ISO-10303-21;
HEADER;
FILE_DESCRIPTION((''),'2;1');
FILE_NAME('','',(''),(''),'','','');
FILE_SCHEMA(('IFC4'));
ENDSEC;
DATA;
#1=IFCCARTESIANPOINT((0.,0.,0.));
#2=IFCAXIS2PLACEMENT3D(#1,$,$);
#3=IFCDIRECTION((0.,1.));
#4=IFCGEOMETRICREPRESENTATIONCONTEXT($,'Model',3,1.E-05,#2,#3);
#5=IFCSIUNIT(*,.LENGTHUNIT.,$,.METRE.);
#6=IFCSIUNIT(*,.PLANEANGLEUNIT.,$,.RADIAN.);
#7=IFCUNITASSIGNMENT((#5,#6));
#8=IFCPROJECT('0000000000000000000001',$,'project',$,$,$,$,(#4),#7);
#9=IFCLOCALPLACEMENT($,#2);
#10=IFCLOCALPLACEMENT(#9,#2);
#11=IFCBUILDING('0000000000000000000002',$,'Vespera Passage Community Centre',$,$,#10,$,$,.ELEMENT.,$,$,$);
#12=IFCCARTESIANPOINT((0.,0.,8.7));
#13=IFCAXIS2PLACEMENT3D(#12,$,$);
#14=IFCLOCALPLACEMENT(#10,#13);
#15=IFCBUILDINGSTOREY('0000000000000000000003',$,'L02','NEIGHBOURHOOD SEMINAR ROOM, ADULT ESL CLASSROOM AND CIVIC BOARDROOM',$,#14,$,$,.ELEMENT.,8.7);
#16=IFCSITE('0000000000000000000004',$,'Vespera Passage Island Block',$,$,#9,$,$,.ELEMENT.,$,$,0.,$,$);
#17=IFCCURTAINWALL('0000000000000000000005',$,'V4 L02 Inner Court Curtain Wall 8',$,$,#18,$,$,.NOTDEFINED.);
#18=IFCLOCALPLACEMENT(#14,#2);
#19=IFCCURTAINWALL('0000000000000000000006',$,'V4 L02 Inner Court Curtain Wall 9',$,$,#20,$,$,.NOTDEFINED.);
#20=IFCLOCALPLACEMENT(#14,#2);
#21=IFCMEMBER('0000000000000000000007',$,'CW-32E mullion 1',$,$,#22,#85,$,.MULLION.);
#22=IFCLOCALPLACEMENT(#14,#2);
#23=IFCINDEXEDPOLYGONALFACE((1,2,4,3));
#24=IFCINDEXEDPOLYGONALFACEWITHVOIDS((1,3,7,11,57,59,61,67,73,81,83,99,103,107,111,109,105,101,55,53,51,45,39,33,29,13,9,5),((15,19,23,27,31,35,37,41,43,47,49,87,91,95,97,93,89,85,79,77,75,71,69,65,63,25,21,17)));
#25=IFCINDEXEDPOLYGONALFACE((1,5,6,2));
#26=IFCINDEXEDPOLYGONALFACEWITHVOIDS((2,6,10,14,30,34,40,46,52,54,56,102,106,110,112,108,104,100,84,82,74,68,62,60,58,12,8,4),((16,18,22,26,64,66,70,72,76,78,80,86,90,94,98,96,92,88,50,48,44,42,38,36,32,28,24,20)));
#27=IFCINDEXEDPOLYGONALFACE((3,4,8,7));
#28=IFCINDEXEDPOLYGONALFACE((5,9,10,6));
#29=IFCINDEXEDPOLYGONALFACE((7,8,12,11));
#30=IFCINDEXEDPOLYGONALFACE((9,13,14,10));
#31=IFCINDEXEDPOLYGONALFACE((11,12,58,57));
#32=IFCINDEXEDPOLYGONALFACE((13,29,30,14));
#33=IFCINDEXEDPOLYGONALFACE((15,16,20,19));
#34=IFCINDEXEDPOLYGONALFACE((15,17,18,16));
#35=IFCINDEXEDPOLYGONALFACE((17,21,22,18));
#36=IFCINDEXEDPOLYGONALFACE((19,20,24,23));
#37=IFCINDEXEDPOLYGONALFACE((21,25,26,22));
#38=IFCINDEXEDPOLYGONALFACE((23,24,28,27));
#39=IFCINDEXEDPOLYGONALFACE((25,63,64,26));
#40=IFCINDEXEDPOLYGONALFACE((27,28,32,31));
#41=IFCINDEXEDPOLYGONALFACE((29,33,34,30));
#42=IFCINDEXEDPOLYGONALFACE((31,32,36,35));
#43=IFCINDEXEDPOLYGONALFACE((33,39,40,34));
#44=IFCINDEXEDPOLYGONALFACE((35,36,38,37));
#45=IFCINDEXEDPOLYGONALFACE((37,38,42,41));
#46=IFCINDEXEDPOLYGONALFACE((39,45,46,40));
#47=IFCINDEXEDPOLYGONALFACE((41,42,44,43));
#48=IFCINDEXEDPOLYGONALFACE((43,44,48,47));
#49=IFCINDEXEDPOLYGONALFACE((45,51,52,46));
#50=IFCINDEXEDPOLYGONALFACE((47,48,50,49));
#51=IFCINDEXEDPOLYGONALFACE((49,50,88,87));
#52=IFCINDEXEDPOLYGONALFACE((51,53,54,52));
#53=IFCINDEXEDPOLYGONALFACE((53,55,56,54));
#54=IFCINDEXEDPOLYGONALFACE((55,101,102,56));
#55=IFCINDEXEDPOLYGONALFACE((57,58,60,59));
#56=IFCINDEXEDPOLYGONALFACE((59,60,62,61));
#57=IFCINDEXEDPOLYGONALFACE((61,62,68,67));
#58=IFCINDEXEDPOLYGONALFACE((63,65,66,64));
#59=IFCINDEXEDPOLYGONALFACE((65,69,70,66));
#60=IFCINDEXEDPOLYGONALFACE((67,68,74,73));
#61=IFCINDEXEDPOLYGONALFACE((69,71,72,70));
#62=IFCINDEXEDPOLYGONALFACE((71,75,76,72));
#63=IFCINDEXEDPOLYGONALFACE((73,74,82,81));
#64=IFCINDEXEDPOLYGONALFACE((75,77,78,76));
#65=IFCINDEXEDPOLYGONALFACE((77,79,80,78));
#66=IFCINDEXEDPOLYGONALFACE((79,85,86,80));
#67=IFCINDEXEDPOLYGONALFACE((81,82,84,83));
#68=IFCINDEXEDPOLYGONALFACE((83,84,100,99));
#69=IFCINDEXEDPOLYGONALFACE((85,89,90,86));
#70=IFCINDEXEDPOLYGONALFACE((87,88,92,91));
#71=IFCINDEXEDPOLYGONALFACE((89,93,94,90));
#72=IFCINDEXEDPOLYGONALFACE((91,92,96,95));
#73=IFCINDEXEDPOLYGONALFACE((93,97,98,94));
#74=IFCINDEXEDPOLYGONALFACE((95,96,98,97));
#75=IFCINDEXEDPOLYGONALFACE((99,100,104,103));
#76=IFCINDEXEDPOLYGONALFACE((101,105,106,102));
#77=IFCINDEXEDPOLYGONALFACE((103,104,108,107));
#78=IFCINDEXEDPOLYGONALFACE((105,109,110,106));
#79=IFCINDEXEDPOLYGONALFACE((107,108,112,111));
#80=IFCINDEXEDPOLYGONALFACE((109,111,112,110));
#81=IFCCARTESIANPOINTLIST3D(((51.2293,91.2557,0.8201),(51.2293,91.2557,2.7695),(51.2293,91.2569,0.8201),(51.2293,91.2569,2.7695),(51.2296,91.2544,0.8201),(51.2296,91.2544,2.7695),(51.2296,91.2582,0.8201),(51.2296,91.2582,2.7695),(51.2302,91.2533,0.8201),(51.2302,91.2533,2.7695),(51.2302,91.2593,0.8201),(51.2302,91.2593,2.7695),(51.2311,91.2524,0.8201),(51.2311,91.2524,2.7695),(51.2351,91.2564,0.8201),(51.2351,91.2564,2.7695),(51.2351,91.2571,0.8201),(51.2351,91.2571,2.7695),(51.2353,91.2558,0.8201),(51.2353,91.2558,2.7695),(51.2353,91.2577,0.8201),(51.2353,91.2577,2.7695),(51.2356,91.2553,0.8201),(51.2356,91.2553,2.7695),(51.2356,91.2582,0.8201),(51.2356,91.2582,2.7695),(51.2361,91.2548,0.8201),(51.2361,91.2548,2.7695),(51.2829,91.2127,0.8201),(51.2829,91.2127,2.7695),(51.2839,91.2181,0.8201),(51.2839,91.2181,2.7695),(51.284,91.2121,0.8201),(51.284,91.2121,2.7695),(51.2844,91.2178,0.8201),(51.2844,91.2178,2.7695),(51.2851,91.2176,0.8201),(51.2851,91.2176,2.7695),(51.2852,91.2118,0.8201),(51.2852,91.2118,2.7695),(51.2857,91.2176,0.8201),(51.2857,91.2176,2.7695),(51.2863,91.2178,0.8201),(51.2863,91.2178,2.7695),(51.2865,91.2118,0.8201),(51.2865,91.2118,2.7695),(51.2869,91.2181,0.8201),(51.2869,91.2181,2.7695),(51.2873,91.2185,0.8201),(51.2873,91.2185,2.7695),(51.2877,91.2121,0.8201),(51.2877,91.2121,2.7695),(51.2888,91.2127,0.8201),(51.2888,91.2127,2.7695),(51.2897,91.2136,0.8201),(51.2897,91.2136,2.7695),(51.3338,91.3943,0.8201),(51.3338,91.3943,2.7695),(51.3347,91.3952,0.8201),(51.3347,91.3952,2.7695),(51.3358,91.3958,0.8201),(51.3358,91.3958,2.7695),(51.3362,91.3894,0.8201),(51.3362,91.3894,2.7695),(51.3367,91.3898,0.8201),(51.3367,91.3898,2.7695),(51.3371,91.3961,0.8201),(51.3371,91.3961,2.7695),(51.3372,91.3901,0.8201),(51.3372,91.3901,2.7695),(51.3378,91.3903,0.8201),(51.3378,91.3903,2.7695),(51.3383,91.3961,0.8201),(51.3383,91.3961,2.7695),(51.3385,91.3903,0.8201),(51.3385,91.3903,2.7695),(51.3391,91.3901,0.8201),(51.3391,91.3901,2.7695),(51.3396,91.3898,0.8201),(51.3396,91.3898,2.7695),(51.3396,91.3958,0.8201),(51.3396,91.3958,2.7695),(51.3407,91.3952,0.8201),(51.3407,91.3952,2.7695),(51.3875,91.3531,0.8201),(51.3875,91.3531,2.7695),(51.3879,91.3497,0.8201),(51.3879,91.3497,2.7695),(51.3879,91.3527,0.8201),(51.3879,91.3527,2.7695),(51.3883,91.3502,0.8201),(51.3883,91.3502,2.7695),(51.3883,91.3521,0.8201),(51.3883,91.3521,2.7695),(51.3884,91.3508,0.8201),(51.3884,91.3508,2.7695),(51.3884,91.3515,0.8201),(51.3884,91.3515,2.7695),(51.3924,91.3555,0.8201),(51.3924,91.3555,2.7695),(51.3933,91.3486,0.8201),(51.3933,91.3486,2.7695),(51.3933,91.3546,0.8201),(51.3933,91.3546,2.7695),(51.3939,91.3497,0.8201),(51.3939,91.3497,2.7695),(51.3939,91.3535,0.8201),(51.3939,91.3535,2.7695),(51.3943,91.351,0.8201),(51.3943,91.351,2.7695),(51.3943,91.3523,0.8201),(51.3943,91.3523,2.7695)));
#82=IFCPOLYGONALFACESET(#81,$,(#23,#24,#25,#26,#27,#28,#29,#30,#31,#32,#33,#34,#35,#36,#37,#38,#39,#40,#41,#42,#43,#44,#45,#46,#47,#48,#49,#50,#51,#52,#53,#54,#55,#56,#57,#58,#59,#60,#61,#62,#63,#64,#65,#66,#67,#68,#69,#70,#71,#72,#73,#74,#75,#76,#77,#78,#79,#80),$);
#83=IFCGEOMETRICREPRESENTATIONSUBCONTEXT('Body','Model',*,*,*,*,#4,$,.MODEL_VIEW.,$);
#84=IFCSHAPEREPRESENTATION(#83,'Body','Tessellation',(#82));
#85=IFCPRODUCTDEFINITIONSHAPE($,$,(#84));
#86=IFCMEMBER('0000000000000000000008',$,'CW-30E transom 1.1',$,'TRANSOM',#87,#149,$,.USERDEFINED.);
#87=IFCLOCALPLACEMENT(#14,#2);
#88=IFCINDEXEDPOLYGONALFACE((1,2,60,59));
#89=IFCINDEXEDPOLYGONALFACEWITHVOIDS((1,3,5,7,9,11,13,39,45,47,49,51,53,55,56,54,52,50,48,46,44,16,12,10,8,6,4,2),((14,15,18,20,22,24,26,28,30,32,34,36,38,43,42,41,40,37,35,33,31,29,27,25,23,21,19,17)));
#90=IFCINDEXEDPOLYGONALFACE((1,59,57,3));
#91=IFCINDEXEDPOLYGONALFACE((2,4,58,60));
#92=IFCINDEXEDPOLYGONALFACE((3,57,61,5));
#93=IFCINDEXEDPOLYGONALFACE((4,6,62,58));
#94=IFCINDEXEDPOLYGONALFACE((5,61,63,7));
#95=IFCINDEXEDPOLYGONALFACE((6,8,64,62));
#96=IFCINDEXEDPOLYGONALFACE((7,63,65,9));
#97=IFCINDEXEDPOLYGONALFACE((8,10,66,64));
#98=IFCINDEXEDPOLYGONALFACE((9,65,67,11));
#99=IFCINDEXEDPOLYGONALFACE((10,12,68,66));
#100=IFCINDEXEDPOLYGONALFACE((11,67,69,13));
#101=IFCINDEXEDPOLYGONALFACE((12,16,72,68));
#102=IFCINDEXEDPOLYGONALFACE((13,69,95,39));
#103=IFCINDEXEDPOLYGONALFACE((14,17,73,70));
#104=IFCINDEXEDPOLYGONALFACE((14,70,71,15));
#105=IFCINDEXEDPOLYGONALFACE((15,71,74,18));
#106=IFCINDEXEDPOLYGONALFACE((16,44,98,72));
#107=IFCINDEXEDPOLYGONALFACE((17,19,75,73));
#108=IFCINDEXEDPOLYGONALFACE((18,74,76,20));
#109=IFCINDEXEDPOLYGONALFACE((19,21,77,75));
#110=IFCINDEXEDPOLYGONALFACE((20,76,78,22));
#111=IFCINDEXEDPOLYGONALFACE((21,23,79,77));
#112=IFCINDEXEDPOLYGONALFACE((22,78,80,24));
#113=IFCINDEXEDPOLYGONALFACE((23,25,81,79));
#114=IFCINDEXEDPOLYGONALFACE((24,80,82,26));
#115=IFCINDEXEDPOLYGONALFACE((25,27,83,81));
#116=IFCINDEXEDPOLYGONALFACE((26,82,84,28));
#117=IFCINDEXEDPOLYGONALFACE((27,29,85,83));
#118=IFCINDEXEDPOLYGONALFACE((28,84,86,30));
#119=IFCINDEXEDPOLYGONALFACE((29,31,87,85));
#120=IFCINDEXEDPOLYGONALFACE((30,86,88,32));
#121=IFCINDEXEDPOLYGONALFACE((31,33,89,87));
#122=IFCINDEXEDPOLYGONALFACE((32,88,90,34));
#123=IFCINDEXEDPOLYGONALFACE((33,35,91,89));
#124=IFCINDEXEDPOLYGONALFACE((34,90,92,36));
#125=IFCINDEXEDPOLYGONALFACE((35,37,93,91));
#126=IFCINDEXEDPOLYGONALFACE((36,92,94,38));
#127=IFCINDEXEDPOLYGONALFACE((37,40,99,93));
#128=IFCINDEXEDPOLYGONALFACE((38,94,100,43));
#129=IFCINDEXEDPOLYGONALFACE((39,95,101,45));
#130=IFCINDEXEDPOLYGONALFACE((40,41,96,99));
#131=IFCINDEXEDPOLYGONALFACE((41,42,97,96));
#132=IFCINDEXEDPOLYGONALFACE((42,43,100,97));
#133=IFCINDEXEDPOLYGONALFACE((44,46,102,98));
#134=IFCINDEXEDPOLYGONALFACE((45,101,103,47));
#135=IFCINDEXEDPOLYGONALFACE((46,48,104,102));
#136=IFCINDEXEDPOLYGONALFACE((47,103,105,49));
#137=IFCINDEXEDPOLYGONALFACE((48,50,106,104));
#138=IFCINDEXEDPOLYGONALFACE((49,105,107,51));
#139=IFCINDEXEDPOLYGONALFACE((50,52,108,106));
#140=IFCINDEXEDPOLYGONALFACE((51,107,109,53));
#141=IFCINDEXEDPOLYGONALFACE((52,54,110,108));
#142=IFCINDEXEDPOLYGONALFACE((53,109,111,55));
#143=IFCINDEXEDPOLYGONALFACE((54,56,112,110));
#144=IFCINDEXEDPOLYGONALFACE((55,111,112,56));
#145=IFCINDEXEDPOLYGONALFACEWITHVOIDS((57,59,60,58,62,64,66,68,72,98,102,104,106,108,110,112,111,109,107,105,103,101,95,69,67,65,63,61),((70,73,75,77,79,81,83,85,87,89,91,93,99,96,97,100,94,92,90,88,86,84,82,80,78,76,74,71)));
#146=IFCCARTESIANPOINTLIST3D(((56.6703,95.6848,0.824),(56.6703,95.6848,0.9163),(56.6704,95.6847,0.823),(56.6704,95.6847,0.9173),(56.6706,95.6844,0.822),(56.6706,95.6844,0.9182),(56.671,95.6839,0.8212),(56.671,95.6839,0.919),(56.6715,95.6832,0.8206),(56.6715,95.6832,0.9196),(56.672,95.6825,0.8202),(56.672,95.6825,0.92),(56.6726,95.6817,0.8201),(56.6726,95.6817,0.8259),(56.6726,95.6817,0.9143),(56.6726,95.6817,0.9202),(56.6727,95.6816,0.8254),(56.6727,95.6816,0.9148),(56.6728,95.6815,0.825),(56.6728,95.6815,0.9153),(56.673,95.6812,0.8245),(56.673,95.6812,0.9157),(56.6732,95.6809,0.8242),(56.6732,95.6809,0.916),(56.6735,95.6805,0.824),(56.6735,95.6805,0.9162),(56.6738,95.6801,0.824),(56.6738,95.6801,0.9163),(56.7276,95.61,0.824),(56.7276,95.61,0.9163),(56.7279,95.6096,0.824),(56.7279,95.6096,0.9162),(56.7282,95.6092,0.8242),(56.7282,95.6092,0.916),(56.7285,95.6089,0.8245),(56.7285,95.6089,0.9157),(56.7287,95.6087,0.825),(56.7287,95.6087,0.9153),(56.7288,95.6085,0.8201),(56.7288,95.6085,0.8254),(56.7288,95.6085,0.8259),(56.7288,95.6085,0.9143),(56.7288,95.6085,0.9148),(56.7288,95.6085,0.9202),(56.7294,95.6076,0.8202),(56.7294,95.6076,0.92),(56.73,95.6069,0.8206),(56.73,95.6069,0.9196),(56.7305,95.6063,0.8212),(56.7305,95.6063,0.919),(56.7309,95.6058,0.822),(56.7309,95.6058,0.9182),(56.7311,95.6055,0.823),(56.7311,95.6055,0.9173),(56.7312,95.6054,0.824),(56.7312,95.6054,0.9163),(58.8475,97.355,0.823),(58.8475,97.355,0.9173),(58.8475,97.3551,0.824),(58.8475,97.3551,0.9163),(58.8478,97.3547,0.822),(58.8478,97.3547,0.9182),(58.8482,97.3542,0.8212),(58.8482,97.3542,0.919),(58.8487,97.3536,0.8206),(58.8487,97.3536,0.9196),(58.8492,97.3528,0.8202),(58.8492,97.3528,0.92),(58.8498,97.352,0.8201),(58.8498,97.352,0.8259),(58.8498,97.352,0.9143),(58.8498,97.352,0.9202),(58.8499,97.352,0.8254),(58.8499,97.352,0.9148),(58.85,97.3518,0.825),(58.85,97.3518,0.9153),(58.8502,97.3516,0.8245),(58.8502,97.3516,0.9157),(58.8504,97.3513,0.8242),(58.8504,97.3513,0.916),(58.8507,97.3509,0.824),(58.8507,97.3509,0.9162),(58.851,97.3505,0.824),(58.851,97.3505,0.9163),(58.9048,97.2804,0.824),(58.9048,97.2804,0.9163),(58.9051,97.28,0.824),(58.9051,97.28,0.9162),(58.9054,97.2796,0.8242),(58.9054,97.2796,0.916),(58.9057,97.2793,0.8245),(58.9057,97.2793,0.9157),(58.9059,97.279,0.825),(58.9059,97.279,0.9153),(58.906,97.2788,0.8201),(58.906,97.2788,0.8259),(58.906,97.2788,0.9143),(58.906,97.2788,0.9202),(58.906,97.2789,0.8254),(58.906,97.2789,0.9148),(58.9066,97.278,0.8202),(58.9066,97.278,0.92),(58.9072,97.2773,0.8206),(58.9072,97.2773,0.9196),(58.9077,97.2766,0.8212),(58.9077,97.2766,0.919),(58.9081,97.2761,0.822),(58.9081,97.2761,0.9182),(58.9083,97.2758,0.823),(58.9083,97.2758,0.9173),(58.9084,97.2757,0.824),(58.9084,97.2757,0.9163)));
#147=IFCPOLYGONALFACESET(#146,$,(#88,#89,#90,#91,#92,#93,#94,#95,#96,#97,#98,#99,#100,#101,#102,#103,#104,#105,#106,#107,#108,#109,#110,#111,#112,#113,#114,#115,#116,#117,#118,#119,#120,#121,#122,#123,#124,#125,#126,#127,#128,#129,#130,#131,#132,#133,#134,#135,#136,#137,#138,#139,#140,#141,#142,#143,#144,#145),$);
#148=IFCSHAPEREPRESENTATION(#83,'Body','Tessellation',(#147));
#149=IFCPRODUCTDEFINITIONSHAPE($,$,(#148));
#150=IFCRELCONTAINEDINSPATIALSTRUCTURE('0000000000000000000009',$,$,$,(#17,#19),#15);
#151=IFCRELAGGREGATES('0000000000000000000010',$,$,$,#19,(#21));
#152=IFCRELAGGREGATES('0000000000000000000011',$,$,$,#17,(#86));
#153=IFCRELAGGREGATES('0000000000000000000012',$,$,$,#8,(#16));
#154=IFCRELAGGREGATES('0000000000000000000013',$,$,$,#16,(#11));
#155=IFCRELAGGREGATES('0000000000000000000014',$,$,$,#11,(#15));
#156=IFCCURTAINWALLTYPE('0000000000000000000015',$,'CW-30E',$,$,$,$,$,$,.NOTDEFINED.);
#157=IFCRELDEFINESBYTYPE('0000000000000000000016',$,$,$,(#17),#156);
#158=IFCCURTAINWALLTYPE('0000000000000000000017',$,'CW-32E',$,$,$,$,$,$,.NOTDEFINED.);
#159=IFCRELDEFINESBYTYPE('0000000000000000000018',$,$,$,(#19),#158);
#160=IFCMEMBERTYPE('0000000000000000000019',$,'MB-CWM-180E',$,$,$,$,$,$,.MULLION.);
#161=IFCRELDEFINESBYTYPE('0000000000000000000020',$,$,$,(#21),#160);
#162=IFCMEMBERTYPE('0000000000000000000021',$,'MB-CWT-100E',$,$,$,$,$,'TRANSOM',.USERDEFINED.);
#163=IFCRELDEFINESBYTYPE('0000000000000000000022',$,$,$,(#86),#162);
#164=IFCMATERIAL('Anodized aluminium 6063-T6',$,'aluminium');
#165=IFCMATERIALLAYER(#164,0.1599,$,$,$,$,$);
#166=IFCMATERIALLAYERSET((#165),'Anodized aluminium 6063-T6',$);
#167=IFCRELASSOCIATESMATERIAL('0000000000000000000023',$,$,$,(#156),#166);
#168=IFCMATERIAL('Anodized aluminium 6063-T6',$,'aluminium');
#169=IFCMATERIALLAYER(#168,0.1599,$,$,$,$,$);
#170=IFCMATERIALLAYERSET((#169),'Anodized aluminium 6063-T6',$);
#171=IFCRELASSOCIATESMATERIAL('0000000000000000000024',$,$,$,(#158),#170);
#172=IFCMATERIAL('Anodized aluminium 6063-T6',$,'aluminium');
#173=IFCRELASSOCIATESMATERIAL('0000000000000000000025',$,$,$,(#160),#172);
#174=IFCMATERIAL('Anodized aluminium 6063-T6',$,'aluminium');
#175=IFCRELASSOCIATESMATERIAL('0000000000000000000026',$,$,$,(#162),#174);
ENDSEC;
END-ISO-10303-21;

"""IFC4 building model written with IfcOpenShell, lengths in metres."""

from ifc_helpers import new_model, si_unit, direction, frame, origin, origin_2d, place, context, subcontext, project, spatial, hollow_rectangle, extrude, material, layer, layer_set, material_profile, profile_set, type_object, element, aggregate, save


model = new_model("IFC4")

# Units and contexts
model_context = context("Model", 3, precision=1e-05, world=origin(), true_north=direction((0.0, 1.0)))
body_context = subcontext(model_context, "Body", "Model", "MODEL_VIEW")
ifc_project = project(units=[si_unit("LENGTHUNIT", "METRE"), si_unit("PLANEANGLEUNIT", "RADIAN")], contexts=[model_context])

# Site, building, storey
site_placement = place(None, origin())
site = spatial("IfcSite", under=ifc_project, at=site_placement, Name="Vespera Passage Island Block", CompositionType="ELEMENT", RefElevation=0.0)
building_placement = place(site_placement, origin())
building = spatial("IfcBuilding", under=site, at=building_placement, Name="Vespera Passage Community Centre", CompositionType="ELEMENT")
storey_placement = place(building_placement, frame((0.0, 0.0, 8.7)))
storey = spatial("IfcBuildingStorey", under=building, at=storey_placement, Name="L02", Description="NEIGHBOURHOOD SEMINAR ROOM, ADULT ESL CLASSROOM AND CIVIC BOARDROOM", CompositionType="ELEMENT", Elevation=8.7)

# Curtain wall
ifc_material_1 = material(Name="Anodized aluminium 6063-T6", Category="aluminium")
ifc_layer_1 = layer(ifc_material_1, 0.1599)
ifc_layer_set_1 = layer_set([ifc_layer_1], Name="Anodized aluminium 6063-T6")
curtain_wall_type_1 = type_object("IfcCurtainWallType", Name="CW-30E", PredefinedType="NOTDEFINED", material=ifc_layer_set_1)
curtain_wall_1_placement = place(storey_placement, origin())
curtain_wall_1 = element("IfcCurtainWall", 1, at=curtain_wall_1_placement, inside=storey, type_object=curtain_wall_type_1, Name="V4 L02 Inner Court Curtain Wall 8", PredefinedType="NOTDEFINED")

# Curtain wall, member
ifc_material_2 = material(Name="Anodized aluminium 6063-T6", Category="aluminium")
ifc_layer_2 = layer(ifc_material_2, 0.1599)
ifc_layer_set_2 = layer_set([ifc_layer_2], Name="Anodized aluminium 6063-T6")
curtain_wall_type_2 = type_object("IfcCurtainWallType", Name="CW-32E", PredefinedType="NOTDEFINED", material=ifc_layer_set_2)
curtain_wall_2_placement = place(storey_placement, origin())
curtain_wall_2 = element("IfcCurtainWall", 2, at=curtain_wall_2_placement, inside=storey, type_object=curtain_wall_type_2, Name="V4 L02 Inner Court Curtain Wall 9", PredefinedType="NOTDEFINED")
ifc_material_3 = material(Name="Anodized aluminium 6063-T6", Category="aluminium")
ifc_material_profile_1 = material_profile(ifc_material_3, hollow_rectangle(XDim=0.075, YDim=0.1799, WallThickness=0.0049, InnerFilletRadius=0.0024, OuterFilletRadius=0.0049, at=origin_2d()), Name="ALU180X75X5")
ifc_profile_set_1 = profile_set([ifc_material_profile_1], Name="Anodized aluminium 6063-T6")
member_type_1 = type_object("IfcMemberType", Name="MB-CWM-180E", PredefinedType="MULLION", material=ifc_profile_set_1)
member_1_placement = place(storey_placement, frame((51.3118, 91.304, 0.8201), z_axis=(0.0, 0.0, 1.0), x_axis=(0.793358, -0.608755, 0.0)))
member_1 = element("IfcMember", 3, at=member_1_placement, type_object=member_type_1, Name="CW-32E mullion 1", PredefinedType="MULLION", context=body_context, shape_type="SweptSolid", body=[
    extrude(hollow_rectangle(XDim=0.075, YDim=0.1799, WallThickness=0.0049, InnerFilletRadius=0.0024, OuterFilletRadius=0.0049, at=origin_2d()), origin(), (0.0, 0.0, 1.0), 1.9495),
])

# Member
ifc_material_4 = material(Name="Anodized aluminium 6063-T6", Category="aluminium")
ifc_material_profile_2 = material_profile(ifc_material_4, hollow_rectangle(XDim=0.1001, YDim=0.1001, WallThickness=0.0039, InnerFilletRadius=0.002, OuterFilletRadius=0.0039, at=origin_2d()), Name="ALU100X100X4")
ifc_profile_set_2 = profile_set([ifc_material_profile_2], Name="Anodized aluminium 6063-T6")
member_type_2 = type_object("IfcMemberType", Name="MB-CWT-100E", ElementType="TRANSOM", PredefinedType="USERDEFINED", material=ifc_profile_set_2)
member_2_placement = place(storey_placement, frame((58.8779, 97.3154, 0.8701), z_axis=(-0.793397, -0.608704, 0.0), x_axis=(0.608704, -0.793397, 0.0)))
member_2 = element("IfcMember", 4, at=member_2_placement, type_object=member_type_2, Name="CW-30E transom 1.1", ObjectType="TRANSOM", PredefinedType="USERDEFINED", context=body_context, shape_type="SweptSolid", body=[
    extrude(hollow_rectangle(XDim=0.1001, YDim=0.1001, WallThickness=0.0039, InnerFilletRadius=0.002, OuterFilletRadius=0.0039, at=origin_2d()), origin(), (0.0, 0.0, 1.0), 2.7441),
])
aggregate(curtain_wall_2, [member_1])

aggregate(curtain_wall_1, [member_2])

save(model, "model.ifc")
